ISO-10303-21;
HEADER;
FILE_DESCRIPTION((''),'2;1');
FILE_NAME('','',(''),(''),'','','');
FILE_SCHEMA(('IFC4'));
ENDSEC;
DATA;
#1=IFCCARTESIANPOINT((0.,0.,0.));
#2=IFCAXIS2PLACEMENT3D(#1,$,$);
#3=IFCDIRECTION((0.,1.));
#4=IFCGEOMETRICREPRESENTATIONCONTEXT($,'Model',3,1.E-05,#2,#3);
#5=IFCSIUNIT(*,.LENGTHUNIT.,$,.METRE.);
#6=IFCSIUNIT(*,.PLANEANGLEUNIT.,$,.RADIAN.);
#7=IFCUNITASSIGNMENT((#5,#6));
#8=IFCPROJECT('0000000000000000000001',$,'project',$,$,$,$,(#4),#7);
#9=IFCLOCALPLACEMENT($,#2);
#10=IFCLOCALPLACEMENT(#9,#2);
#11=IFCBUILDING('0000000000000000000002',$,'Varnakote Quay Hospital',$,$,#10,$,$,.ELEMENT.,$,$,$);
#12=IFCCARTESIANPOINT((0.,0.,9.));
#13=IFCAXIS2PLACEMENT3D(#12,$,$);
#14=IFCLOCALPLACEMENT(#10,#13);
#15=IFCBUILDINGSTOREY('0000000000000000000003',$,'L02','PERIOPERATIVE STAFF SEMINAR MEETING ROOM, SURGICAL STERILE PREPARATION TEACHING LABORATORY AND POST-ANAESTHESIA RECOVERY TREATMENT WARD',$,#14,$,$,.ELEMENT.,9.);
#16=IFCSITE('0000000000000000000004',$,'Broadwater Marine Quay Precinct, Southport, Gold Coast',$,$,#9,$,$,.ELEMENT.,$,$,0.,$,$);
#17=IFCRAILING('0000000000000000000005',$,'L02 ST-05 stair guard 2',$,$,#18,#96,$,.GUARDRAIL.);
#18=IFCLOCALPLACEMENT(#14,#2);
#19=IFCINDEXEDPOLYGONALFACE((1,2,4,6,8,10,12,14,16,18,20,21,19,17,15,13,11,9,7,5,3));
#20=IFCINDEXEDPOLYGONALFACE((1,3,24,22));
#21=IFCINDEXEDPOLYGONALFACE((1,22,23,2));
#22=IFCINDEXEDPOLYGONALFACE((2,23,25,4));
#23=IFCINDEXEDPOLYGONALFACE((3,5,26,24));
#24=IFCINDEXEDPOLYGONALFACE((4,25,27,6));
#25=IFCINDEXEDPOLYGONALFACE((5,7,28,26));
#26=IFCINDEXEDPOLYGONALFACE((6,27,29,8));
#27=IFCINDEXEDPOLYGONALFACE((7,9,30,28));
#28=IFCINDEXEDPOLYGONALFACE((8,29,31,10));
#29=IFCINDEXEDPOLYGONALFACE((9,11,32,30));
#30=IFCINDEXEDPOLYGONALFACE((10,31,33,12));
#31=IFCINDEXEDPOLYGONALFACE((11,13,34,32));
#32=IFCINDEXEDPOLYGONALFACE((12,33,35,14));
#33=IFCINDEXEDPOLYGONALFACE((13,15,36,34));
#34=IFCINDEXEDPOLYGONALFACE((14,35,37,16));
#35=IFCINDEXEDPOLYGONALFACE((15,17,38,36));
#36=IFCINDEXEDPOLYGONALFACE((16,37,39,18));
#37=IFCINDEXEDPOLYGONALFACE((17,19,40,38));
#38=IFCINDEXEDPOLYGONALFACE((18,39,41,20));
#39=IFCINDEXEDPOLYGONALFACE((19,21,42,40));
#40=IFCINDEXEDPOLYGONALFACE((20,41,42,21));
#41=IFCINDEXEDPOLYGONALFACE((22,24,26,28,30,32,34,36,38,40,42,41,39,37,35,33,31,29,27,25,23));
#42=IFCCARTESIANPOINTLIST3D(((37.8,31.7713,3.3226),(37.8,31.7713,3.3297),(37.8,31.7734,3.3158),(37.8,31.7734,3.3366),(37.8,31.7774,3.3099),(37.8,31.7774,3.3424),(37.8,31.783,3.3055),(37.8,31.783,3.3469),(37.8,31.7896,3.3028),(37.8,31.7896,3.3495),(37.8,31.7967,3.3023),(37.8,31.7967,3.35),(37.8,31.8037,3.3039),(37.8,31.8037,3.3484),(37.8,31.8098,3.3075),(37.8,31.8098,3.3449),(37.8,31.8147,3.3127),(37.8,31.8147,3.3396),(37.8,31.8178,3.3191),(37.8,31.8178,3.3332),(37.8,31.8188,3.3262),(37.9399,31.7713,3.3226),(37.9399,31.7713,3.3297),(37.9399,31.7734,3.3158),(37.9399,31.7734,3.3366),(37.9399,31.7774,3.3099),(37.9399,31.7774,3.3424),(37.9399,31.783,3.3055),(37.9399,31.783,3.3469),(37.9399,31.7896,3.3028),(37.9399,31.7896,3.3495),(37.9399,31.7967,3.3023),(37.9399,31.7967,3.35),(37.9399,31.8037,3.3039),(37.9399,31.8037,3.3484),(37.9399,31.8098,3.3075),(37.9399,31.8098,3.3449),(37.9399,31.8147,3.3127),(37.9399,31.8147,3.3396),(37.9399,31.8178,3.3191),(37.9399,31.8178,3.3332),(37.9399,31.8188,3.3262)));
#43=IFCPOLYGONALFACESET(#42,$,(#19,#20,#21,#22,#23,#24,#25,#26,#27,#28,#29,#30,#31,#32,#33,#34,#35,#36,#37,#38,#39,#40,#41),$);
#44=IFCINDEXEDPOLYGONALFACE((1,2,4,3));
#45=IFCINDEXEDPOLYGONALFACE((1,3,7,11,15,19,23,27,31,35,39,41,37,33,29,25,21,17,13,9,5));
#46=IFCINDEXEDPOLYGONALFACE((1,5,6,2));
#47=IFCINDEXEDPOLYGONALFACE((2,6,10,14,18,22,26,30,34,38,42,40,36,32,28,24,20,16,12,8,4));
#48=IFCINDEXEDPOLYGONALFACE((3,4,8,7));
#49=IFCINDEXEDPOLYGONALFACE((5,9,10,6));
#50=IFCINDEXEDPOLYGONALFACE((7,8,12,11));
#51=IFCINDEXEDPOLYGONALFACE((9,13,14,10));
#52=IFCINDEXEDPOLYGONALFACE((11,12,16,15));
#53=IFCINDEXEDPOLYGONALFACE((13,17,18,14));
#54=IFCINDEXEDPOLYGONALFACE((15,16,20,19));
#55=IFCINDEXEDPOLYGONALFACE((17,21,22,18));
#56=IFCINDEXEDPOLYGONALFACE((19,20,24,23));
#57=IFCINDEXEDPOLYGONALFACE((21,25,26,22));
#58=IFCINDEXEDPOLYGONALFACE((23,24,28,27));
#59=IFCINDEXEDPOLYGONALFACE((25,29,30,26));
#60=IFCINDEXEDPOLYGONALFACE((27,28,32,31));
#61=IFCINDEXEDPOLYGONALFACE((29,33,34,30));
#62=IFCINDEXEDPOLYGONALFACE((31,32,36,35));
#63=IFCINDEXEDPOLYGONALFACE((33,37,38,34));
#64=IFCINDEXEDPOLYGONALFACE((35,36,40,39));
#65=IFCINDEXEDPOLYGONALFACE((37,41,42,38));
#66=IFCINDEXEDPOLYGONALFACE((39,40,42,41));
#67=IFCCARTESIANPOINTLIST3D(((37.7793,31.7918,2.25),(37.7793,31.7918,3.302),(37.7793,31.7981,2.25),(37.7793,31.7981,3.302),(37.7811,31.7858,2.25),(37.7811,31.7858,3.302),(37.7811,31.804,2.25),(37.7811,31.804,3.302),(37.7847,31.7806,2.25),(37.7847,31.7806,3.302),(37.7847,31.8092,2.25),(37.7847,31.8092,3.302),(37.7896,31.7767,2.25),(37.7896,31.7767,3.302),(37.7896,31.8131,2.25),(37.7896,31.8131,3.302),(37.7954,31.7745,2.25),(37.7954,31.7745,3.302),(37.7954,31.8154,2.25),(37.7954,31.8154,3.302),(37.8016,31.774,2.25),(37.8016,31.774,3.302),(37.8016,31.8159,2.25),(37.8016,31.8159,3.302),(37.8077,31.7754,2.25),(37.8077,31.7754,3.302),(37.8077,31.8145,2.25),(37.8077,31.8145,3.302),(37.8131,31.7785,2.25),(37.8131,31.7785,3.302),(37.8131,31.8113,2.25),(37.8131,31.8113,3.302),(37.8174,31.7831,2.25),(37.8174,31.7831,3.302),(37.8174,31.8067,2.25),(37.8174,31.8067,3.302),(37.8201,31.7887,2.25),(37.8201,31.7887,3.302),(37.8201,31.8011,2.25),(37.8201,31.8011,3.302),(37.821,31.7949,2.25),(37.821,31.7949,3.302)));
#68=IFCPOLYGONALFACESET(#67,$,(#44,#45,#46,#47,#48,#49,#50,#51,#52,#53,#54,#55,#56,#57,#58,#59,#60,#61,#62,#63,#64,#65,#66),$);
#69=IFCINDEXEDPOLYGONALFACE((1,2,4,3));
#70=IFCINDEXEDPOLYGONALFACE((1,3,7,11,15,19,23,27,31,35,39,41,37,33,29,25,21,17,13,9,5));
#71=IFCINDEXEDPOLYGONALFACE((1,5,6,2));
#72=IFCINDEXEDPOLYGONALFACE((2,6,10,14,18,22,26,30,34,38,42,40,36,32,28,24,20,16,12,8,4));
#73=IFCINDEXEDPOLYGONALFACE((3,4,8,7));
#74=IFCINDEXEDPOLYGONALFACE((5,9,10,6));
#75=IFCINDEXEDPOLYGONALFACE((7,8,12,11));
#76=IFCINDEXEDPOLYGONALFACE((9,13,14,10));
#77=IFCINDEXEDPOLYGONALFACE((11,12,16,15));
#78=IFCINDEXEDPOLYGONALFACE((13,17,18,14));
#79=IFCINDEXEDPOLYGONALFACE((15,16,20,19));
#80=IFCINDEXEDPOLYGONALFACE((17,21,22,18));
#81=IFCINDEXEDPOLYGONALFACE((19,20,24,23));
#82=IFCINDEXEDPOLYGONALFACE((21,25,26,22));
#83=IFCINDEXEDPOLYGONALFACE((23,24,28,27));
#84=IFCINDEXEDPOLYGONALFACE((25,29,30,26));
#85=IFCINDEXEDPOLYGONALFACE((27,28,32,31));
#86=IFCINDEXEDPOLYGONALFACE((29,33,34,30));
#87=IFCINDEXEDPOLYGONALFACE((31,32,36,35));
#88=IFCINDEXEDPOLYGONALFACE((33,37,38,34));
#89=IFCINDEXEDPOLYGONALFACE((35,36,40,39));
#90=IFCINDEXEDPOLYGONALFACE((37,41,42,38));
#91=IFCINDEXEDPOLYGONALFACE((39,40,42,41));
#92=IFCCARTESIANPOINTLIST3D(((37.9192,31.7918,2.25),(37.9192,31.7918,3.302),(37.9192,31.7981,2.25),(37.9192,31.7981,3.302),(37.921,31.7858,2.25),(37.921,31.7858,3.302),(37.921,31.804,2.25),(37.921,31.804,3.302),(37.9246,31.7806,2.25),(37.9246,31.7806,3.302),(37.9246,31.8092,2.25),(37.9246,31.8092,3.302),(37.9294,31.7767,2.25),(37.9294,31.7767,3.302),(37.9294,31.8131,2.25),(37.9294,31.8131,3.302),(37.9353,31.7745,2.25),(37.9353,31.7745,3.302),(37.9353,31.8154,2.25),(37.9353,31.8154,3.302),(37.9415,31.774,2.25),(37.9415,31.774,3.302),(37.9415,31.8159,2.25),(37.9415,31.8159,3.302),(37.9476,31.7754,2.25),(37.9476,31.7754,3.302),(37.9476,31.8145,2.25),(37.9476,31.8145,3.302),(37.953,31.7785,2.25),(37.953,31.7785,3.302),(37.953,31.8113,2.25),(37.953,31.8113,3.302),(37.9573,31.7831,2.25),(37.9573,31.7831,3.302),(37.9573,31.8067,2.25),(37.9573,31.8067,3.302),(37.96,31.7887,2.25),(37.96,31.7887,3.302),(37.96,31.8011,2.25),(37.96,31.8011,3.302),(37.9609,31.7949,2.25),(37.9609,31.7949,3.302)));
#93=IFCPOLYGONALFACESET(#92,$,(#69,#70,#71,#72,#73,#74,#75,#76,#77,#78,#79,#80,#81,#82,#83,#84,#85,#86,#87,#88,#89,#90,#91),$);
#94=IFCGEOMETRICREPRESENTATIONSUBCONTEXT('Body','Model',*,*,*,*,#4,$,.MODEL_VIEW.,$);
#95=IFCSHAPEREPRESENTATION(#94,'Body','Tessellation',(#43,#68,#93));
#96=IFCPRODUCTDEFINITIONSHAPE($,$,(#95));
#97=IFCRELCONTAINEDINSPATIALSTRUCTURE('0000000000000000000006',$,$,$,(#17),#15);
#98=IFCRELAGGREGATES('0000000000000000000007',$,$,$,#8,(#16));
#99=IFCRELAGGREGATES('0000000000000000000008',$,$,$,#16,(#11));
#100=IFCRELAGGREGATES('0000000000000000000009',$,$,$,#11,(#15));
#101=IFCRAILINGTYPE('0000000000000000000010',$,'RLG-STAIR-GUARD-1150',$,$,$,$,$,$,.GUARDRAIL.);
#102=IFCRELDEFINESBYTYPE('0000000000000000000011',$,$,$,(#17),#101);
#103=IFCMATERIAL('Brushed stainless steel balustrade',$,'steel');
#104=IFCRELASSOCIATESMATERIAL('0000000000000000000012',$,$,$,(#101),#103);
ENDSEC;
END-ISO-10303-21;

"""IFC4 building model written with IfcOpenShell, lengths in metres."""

from ifc_helpers import new_model, si_unit, direction, frame, origin, origin_2d, place, context, subcontext, project, spatial, circle, extrude, material, type_object, element, save


model = new_model("IFC4")

# Units and contexts
model_context = context("Model", 3, precision=1e-05, world=origin(), true_north=direction((0.0, 1.0)))
body_context = subcontext(model_context, "Body", "Model", "MODEL_VIEW")
ifc_project = project(units=[si_unit("LENGTHUNIT", "METRE"), si_unit("PLANEANGLEUNIT", "RADIAN")], contexts=[model_context])

# Site, building, storey
site_placement = place(None, origin())
site = spatial("IfcSite", under=ifc_project, at=site_placement, Name="Broadwater Marine Quay Precinct, Southport, Gold Coast", CompositionType="ELEMENT", RefElevation=0.0)
building_placement = place(site_placement, origin())
building = spatial("IfcBuilding", under=site, at=building_placement, Name="Varnakote Quay Hospital", CompositionType="ELEMENT")
storey_placement = place(building_placement, frame((0.0, 0.0, 9.0)))
storey = spatial("IfcBuildingStorey", under=building, at=storey_placement, Name="L02", Description="PERIOPERATIVE STAFF SEMINAR MEETING ROOM, SURGICAL STERILE PREPARATION TEACHING LABORATORY AND POST-ANAESTHESIA RECOVERY TREATMENT WARD", CompositionType="ELEMENT", Elevation=9.0)

# Railing
ifc_material_1 = material(Name="Brushed stainless steel balustrade", Category="steel")
railing_type_1 = type_object("IfcRailingType", Name="RLG-STAIR-GUARD-1150", PredefinedType="GUARDRAIL", material=ifc_material_1)
railing_1_placement = place(storey_placement, frame((37.8, 31.7949, 2.25)))
element("IfcRailing", 1, at=railing_1_placement, inside=storey, type_object=railing_type_1, Name="L02 ST-05 stair guard 2", PredefinedType="GUARDRAIL", context=body_context, shape_type="SweptSolid", body=[
    extrude(circle(Radius=0.0239, at=origin_2d()), frame((0.0, 0.0, 1.0762), z_axis=(1.0, 0.0, 0.0), x_axis=(0.0, 1.0, 0.0)), (0.0, 0.0, 1.0), 0.1399),
    extrude(circle(Radius=0.021, at=origin_2d()), origin(), (0.0, 0.0, 1.0), 1.052),
    extrude(circle(Radius=0.021, at=origin_2d()), frame((0.1399, 0.0, 0.0)), (0.0, 0.0, 1.0), 1.052),
])

save(model, "model.ifc")
